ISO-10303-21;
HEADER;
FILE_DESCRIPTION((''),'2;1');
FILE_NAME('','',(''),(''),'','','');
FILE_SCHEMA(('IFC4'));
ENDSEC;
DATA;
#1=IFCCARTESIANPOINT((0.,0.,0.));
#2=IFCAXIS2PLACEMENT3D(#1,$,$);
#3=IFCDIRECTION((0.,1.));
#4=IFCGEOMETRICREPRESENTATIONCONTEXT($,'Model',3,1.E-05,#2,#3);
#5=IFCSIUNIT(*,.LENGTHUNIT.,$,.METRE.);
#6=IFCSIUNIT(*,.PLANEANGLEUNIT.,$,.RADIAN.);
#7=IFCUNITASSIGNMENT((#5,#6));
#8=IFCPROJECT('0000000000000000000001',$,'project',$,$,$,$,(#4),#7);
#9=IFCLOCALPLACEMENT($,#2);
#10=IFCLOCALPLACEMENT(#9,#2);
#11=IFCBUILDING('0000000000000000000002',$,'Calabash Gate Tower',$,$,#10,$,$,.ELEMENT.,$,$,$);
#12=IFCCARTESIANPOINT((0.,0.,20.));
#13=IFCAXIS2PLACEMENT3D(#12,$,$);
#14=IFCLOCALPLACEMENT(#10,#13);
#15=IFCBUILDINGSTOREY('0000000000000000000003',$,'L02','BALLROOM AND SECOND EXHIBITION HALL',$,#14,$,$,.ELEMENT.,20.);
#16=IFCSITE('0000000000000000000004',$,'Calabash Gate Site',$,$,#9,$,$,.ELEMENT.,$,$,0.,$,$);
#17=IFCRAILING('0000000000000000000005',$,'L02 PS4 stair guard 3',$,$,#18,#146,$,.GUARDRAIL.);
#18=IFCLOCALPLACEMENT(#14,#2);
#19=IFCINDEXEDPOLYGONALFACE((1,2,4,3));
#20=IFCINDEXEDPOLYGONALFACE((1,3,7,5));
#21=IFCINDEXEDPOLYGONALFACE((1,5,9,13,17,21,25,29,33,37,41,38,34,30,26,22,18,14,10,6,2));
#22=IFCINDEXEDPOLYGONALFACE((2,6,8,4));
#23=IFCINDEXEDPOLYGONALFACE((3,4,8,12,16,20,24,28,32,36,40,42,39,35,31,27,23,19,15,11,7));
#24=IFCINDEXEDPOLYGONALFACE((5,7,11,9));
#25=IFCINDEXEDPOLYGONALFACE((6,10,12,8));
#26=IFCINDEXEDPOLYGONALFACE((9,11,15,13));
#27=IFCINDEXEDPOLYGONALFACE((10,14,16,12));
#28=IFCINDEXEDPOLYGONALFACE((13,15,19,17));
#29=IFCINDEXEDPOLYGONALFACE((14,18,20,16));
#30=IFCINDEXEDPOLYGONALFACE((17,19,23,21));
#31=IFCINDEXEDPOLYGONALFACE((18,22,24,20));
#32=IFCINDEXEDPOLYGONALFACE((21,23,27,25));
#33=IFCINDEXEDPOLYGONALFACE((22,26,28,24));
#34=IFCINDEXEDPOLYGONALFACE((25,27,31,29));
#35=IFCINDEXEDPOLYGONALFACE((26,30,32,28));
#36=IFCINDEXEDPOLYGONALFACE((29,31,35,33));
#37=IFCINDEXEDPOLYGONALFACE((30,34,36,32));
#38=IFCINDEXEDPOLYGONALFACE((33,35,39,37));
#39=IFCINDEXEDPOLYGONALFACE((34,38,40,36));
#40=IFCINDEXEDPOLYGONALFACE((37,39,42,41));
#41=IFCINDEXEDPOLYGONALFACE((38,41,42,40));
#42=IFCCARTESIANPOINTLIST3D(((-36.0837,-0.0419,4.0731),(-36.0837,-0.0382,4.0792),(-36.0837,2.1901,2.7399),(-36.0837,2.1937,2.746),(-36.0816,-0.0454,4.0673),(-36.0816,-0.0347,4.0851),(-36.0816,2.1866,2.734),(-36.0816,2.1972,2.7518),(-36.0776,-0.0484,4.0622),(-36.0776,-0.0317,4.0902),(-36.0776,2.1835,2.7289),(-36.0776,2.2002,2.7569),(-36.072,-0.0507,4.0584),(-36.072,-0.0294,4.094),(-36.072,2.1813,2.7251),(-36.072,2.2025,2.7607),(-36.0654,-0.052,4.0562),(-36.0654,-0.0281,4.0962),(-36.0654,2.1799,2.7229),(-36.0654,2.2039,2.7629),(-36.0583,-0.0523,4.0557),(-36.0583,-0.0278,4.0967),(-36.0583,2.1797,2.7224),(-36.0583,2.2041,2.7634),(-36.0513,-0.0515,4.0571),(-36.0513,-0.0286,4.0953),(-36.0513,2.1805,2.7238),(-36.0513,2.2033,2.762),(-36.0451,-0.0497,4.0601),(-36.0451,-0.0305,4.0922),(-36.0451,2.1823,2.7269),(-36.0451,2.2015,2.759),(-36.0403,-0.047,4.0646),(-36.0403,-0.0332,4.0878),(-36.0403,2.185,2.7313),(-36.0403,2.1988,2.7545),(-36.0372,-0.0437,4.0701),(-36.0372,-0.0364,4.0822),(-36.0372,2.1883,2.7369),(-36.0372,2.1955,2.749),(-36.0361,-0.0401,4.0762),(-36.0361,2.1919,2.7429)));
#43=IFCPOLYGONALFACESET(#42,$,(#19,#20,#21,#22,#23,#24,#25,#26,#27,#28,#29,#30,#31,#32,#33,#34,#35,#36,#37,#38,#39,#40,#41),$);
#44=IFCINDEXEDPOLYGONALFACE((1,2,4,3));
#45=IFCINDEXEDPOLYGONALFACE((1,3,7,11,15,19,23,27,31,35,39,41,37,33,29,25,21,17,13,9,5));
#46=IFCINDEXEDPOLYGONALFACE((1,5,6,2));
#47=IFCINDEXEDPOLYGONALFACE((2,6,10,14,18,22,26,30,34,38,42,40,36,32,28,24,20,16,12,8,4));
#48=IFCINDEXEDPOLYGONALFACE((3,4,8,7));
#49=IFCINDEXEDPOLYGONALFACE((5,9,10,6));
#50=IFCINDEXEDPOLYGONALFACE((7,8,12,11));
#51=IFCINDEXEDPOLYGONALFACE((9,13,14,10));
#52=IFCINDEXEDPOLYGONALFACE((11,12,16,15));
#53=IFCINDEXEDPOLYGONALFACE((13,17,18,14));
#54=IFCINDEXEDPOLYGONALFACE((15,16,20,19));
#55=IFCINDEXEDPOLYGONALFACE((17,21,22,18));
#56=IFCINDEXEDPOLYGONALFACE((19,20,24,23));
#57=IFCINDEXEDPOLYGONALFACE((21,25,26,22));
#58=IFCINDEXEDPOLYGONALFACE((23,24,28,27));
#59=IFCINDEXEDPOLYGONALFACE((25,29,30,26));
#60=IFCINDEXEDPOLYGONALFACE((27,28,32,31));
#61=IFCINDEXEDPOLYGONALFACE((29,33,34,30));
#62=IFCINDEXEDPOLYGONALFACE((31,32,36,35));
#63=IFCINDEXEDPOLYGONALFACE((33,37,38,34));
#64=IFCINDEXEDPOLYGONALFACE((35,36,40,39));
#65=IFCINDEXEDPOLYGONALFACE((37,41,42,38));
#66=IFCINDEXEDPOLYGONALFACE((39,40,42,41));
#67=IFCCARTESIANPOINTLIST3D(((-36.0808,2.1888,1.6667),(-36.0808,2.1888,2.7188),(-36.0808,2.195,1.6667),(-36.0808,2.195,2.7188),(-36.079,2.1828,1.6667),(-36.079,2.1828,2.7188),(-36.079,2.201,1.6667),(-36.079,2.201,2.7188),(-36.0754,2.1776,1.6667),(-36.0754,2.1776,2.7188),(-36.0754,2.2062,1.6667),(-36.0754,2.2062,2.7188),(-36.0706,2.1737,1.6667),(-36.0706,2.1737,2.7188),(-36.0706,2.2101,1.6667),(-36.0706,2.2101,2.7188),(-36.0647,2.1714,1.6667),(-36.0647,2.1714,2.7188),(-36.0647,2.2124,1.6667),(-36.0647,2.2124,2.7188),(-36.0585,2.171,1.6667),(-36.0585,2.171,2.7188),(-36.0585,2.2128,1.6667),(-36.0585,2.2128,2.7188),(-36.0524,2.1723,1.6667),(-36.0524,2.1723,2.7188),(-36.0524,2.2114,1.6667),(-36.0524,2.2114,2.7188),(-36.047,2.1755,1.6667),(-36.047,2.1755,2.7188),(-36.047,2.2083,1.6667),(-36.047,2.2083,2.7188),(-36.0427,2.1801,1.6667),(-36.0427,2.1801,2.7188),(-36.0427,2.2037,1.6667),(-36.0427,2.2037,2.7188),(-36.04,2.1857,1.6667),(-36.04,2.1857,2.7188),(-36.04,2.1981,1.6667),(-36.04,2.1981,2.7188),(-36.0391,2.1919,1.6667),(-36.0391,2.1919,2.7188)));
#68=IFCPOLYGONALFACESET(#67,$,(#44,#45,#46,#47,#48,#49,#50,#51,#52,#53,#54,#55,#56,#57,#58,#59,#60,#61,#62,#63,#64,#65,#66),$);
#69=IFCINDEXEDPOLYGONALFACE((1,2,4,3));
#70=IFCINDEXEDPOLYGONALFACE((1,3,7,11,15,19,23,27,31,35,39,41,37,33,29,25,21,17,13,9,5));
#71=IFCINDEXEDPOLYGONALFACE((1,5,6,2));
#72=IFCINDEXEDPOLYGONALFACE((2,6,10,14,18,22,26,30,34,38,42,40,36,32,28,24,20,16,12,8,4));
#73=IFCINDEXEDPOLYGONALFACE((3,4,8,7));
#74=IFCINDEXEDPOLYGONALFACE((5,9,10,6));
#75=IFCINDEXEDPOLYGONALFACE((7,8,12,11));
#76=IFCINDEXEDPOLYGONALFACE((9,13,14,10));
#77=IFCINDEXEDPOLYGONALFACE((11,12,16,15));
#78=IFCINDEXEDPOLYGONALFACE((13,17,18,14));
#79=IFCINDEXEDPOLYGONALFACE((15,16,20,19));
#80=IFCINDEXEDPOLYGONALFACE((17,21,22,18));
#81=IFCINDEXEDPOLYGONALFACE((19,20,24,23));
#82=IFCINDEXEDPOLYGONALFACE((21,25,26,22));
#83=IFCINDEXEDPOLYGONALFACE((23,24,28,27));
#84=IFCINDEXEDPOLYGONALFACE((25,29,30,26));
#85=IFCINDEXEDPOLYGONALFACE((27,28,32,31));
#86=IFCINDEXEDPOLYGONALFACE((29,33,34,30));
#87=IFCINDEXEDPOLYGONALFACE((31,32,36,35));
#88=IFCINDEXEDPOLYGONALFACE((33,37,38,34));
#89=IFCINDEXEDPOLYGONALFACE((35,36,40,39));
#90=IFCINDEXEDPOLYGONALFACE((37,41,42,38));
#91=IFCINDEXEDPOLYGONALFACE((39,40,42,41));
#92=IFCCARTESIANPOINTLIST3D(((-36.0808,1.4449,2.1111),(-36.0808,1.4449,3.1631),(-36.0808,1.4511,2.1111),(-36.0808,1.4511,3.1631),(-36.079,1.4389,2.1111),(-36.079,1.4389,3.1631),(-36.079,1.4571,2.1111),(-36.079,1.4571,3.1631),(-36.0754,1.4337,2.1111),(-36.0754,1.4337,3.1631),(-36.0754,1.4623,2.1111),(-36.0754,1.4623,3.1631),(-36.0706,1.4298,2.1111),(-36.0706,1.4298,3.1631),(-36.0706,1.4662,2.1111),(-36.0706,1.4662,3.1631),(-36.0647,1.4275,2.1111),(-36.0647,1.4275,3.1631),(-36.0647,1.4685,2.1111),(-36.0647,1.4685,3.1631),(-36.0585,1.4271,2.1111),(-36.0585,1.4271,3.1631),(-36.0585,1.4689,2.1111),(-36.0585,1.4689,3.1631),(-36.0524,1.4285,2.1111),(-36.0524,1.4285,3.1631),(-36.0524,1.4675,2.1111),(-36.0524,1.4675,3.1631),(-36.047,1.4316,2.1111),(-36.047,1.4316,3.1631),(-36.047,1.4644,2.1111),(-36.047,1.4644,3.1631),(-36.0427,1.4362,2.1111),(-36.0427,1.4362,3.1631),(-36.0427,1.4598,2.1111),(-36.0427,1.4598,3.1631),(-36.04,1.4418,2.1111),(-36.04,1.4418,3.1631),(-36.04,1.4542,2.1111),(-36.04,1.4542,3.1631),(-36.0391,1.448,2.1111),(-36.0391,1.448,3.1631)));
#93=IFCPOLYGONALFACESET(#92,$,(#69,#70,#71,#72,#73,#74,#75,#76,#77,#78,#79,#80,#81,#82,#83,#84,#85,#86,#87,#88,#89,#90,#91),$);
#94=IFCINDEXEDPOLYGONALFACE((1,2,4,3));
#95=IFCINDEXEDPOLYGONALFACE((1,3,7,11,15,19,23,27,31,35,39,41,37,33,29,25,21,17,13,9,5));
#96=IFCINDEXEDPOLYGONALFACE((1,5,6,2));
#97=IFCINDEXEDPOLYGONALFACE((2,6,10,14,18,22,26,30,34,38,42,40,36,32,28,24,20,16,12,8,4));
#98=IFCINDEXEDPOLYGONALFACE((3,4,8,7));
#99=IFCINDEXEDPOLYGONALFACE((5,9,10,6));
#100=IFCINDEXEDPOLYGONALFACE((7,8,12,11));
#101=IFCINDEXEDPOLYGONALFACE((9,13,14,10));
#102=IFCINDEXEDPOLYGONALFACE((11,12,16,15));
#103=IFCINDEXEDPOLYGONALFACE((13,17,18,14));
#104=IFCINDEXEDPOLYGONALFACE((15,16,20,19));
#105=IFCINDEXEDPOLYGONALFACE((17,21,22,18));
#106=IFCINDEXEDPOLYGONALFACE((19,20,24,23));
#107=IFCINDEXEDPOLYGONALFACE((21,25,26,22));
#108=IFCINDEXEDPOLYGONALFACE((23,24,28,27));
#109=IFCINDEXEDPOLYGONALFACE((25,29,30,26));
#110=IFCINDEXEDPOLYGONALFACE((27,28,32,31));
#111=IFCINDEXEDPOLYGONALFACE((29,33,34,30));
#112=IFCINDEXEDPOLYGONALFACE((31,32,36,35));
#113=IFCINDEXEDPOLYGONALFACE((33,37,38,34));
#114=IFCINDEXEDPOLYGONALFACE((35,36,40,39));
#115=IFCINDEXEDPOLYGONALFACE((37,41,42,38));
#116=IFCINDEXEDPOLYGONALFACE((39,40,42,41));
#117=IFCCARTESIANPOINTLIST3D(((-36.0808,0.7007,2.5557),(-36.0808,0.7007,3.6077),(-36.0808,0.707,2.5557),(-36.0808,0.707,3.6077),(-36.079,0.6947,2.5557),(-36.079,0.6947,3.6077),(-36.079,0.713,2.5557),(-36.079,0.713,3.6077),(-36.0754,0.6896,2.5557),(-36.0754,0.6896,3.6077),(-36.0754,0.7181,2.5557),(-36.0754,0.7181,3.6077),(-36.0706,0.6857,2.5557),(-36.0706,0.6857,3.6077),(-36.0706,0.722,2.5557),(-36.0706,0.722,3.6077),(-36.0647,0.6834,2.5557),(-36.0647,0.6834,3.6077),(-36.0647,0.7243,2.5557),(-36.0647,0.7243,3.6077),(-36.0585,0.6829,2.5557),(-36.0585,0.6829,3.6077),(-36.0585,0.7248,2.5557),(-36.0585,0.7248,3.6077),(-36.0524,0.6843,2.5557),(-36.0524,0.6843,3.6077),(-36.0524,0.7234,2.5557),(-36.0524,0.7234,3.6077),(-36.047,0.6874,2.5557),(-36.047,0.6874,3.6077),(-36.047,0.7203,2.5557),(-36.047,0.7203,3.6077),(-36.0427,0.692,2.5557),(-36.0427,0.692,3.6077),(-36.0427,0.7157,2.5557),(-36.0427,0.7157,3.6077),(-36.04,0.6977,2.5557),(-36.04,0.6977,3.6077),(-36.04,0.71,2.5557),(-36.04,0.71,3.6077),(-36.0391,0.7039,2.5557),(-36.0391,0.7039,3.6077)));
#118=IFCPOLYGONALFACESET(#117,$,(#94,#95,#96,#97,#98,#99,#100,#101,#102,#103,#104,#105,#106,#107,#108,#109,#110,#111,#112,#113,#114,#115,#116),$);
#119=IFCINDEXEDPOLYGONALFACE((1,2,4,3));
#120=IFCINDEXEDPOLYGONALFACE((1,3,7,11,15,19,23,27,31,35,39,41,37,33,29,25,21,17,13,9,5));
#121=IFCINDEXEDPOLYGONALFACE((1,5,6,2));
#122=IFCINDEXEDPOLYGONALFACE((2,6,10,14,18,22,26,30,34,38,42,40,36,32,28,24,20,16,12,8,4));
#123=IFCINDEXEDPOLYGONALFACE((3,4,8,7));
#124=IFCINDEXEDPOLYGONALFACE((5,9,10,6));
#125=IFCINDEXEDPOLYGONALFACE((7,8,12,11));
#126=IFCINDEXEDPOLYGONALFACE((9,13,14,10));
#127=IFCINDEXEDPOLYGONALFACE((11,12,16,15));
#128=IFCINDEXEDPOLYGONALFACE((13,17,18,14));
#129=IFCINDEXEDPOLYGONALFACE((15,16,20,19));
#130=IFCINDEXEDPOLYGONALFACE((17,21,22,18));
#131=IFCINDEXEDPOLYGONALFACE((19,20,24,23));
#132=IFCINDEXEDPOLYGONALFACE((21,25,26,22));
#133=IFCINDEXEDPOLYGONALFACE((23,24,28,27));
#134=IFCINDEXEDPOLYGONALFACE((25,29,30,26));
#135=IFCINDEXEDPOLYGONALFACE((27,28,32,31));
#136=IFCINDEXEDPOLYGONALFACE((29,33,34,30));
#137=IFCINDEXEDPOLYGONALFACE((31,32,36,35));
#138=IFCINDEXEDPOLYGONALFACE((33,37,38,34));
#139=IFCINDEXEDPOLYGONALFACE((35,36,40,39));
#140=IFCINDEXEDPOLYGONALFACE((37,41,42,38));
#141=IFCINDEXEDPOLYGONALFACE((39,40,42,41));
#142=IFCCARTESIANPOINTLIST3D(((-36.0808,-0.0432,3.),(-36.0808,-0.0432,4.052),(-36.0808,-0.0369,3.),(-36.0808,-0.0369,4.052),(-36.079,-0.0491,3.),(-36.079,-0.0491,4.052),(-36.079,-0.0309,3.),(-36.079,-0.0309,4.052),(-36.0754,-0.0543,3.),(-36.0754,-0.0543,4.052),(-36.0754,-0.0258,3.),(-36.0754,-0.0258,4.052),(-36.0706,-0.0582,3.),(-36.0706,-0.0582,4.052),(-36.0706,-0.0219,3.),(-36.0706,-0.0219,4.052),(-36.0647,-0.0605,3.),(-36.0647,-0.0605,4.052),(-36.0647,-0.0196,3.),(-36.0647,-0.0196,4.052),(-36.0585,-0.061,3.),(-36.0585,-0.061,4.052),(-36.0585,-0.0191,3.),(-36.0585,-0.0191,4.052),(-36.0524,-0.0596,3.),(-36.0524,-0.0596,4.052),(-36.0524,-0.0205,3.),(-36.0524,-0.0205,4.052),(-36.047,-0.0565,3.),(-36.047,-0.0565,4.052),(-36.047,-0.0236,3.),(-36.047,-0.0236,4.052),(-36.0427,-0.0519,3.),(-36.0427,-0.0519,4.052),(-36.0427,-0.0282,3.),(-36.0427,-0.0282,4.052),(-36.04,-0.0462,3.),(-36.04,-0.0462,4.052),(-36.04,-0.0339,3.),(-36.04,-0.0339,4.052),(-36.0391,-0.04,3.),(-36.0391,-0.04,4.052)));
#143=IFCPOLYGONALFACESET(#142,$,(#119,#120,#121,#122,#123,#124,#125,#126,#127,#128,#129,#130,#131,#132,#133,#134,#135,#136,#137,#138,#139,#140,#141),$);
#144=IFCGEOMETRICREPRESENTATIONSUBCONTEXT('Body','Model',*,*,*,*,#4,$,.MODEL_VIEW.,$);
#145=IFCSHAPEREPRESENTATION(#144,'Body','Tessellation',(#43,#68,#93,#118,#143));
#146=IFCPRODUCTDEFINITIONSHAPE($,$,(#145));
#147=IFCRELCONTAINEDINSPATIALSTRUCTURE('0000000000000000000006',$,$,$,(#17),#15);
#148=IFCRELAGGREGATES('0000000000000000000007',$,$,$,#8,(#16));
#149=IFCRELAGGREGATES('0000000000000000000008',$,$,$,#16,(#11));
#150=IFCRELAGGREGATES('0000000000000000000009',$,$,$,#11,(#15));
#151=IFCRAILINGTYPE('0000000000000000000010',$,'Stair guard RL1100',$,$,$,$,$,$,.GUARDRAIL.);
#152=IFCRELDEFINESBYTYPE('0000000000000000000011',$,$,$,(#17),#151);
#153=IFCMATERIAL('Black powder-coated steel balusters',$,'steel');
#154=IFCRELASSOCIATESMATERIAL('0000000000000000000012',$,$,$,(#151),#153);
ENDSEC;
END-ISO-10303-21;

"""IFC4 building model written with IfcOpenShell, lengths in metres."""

from ifc_helpers import new_model, si_unit, direction, frame, origin, origin_2d, place, context, subcontext, project, spatial, circle, extrude, material, type_object, element, save


model = new_model("IFC4")

# Units and contexts
model_context = context("Model", 3, precision=1e-05, world=origin(), true_north=direction((0.0, 1.0)))
body_context = subcontext(model_context, "Body", "Model", "MODEL_VIEW")
ifc_project = project(units=[si_unit("LENGTHUNIT", "METRE"), si_unit("PLANEANGLEUNIT", "RADIAN")], contexts=[model_context])

# Site, building, storey
site_placement = place(None, origin())
site = spatial("IfcSite", under=ifc_project, at=site_placement, Name="Calabash Gate Site", CompositionType="ELEMENT", RefElevation=0.0)
building_placement = place(site_placement, origin())
building = spatial("IfcBuilding", under=site, at=building_placement, Name="Calabash Gate Tower", CompositionType="ELEMENT")
storey_placement = place(building_placement, frame((0.0, 0.0, 20.0)))
storey = spatial("IfcBuildingStorey", under=building, at=storey_placement, Name="L02", Description="BALLROOM AND SECOND EXHIBITION HALL", CompositionType="ELEMENT", Elevation=20.0)

# Railing
ifc_material_1 = material(Name="Black powder-coated steel balusters", Category="steel")
railing_type_1 = type_object("IfcRailingType", Name="Stair guard RL1100", PredefinedType="GUARDRAIL", material=ifc_material_1)
railing_1_placement = place(storey_placement, frame((-36.0601, 2.1919, 1.6667)))
element("IfcRailing", 1, at=railing_1_placement, inside=storey, type_object=railing_type_1, Name="L02 PS4 stair guard 3", PredefinedType="GUARDRAIL", context=body_context, shape_type="SweptSolid", body=[
    extrude(circle(Radius=0.0239, at=origin_2d()), frame((0.0, 0.0, 1.0762), z_axis=(0.0, -0.858494, 0.512824), x_axis=(1.0, 0.0, 0.0)), (0.0, 0.0, 1.0), 2.5999),
    extrude(circle(Radius=0.021, at=origin_2d()), origin(), (0.0, 0.0, 1.0), 1.052),
    extrude(circle(Radius=0.021, at=origin_2d()), frame((0.0, -0.7439, 0.4443)), (0.0, 0.0, 1.0), 1.052),
    extrude(circle(Radius=0.021, at=origin_2d()), frame((0.0, -1.488, 0.8889)), (0.0, 0.0, 1.0), 1.052),
    extrude(circle(Radius=0.021, at=origin_2d()), frame((0.0, -2.2319, 1.3333)), (0.0, 0.0, 1.0), 1.052),
])

save(model, "model.ifc")
